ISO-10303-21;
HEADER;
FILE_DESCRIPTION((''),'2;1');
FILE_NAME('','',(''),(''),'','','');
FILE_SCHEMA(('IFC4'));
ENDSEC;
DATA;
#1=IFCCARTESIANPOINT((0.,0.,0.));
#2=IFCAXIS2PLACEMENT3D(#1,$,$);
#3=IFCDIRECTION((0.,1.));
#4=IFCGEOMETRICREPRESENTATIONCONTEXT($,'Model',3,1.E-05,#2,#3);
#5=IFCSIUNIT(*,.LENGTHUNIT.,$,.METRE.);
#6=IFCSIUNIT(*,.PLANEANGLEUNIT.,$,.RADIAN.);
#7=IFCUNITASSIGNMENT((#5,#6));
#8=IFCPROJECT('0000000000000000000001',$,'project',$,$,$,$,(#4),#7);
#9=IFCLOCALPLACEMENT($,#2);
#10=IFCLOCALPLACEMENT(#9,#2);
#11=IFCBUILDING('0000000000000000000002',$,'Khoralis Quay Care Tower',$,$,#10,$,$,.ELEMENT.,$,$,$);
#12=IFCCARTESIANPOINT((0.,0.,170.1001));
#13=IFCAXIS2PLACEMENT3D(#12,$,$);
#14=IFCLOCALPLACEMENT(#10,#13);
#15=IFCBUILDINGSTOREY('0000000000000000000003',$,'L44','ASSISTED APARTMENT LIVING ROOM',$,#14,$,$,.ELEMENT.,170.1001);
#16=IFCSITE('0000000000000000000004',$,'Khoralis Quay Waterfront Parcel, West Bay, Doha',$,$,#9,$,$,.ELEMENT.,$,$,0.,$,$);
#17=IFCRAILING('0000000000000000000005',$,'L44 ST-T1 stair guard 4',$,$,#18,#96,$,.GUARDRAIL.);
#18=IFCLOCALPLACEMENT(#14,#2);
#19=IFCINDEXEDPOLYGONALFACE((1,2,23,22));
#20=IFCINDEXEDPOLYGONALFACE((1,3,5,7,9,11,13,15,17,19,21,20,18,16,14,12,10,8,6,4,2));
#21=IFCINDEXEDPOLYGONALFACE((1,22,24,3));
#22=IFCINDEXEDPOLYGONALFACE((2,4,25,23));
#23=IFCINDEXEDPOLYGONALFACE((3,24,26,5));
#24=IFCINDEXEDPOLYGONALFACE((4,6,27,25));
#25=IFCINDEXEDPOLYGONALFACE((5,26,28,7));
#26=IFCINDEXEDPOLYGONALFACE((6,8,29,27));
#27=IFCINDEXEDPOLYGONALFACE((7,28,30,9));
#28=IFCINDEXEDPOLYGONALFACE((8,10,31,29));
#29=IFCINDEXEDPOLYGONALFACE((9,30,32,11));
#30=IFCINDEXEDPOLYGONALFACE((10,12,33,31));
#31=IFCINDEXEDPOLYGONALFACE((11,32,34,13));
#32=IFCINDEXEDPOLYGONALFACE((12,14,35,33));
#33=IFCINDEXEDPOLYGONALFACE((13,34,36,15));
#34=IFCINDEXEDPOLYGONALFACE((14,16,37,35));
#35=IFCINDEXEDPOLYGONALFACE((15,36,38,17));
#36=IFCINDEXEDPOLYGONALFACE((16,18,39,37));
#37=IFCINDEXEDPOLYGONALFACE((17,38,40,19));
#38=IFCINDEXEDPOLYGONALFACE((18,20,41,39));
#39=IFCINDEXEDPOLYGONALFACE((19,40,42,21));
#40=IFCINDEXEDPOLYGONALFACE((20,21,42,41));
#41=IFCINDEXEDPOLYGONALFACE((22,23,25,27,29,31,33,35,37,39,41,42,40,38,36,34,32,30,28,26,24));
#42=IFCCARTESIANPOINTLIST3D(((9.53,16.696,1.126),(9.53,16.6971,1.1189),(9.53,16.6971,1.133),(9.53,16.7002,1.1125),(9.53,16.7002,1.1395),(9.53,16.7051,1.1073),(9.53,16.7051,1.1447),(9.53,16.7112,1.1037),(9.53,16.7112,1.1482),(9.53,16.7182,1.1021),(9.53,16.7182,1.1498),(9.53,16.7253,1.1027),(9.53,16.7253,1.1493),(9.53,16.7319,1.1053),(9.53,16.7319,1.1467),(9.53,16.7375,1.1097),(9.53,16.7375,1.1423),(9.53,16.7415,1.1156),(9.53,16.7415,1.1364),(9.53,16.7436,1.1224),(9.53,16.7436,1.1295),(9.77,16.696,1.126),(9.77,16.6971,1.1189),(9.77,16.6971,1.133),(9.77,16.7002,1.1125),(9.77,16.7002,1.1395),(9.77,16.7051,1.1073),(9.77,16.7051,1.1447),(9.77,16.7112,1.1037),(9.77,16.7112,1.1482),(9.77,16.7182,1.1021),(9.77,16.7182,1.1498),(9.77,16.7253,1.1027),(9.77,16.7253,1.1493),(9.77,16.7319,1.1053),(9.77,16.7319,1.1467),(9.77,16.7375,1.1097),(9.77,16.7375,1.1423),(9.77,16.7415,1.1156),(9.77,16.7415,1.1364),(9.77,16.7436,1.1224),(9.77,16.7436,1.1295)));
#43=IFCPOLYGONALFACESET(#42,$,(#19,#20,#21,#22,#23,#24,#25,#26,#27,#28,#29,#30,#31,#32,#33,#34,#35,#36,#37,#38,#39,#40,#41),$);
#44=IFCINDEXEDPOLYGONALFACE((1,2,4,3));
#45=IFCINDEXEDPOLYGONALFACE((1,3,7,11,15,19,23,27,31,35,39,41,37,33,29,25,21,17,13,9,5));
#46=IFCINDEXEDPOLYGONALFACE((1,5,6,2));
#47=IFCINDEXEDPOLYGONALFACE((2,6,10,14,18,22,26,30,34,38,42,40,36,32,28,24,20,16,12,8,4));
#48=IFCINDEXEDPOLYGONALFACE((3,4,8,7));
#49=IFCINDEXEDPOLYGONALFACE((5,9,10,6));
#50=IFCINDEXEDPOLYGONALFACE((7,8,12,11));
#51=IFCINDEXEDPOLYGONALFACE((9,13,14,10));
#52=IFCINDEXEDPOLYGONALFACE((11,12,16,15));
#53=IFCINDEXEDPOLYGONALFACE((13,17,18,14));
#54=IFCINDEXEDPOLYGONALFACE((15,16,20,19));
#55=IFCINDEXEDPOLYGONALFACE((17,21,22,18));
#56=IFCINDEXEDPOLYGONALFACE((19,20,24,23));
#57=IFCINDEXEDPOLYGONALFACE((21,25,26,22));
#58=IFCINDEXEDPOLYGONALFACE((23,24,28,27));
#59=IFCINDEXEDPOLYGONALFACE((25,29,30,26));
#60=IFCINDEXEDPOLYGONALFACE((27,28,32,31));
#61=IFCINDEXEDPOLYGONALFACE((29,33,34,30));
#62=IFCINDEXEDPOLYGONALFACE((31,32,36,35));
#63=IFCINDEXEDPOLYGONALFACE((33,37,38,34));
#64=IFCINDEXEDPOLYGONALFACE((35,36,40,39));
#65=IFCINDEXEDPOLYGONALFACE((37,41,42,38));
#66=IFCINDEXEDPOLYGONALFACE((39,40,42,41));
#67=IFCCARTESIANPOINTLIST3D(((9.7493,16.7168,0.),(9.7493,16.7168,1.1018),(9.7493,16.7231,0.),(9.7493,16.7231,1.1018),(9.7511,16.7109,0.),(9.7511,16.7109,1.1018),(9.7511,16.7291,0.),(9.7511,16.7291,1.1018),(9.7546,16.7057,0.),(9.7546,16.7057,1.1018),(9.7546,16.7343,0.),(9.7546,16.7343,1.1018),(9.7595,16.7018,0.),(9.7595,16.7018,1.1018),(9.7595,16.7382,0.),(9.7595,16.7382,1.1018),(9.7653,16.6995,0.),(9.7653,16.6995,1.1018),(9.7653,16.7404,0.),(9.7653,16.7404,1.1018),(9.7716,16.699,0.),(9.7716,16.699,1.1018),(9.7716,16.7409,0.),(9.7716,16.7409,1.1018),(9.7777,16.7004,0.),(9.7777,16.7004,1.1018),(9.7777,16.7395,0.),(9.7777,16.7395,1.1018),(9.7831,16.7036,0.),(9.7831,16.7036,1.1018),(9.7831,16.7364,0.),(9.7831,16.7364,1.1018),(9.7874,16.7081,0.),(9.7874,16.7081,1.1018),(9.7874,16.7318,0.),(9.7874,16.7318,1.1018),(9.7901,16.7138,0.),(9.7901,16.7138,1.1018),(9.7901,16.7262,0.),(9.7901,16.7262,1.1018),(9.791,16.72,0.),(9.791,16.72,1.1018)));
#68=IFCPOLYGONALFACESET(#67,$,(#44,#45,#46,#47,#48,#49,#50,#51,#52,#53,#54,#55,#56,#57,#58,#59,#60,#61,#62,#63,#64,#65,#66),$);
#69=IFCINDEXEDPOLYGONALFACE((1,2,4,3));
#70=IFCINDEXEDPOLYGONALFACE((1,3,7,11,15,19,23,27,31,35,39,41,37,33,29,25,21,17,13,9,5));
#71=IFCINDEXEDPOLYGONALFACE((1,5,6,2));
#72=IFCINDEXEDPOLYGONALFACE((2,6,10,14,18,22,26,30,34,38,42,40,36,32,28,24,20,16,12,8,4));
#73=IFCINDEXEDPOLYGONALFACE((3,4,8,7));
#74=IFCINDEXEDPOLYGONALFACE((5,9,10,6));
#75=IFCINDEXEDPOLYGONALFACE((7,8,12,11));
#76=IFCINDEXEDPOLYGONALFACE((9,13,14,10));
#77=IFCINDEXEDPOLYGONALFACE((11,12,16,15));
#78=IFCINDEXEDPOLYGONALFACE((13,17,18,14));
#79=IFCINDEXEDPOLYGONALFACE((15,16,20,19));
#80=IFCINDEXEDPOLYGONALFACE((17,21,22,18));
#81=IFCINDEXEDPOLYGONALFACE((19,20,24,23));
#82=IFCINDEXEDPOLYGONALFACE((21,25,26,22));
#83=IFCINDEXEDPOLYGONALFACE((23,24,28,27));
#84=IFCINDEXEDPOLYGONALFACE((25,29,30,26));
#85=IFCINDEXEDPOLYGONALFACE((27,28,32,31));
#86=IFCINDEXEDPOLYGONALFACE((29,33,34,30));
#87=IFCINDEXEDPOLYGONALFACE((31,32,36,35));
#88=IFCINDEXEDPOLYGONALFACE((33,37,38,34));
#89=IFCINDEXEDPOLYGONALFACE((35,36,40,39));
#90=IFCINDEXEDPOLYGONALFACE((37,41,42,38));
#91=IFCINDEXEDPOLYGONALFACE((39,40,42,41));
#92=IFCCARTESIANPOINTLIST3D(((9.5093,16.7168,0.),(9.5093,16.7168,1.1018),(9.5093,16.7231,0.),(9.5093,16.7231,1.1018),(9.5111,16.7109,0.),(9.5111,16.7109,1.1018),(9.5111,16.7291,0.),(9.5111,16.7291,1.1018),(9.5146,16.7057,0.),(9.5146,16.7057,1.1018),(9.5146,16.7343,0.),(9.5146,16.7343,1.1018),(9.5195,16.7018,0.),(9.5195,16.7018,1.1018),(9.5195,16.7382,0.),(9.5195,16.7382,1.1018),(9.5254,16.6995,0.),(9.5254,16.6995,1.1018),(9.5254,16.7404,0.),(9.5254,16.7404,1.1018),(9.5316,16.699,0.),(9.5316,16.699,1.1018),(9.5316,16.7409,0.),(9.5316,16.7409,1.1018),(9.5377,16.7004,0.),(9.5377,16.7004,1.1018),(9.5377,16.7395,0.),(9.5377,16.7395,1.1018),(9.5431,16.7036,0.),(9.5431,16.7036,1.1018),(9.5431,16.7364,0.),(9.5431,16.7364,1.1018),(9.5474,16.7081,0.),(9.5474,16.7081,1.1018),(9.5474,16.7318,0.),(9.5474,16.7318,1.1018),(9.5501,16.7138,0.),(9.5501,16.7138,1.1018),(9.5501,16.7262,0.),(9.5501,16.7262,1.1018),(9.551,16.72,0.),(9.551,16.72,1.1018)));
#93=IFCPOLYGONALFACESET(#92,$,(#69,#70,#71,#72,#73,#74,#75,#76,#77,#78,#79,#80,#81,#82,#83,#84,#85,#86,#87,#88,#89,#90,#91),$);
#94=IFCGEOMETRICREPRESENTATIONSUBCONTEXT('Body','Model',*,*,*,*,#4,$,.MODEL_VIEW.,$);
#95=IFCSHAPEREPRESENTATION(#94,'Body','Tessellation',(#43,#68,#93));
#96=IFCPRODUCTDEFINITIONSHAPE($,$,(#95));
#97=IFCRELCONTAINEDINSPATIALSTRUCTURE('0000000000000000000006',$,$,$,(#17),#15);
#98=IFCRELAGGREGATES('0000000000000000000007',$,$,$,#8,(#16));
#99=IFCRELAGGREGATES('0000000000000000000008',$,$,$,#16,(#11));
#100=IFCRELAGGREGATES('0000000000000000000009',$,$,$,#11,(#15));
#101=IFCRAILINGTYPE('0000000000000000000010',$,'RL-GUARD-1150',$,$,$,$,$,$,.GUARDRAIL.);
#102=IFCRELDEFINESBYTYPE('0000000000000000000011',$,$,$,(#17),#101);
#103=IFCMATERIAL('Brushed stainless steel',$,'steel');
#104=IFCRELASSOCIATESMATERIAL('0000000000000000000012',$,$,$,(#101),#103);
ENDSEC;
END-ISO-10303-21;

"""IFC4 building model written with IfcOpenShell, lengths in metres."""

from ifc_helpers import new_model, si_unit, direction, frame, origin, origin_2d, place, context, subcontext, project, spatial, circle, extrude, material, type_object, element, save


model = new_model("IFC4")

# Units and contexts
model_context = context("Model", 3, precision=1e-05, world=origin(), true_north=direction((0.0, 1.0)))
body_context = subcontext(model_context, "Body", "Model", "MODEL_VIEW")
ifc_project = project(units=[si_unit("LENGTHUNIT", "METRE"), si_unit("PLANEANGLEUNIT", "RADIAN")], contexts=[model_context])

# Site, building, storey
site_placement = place(None, origin())
site = spatial("IfcSite", under=ifc_project, at=site_placement, Name="Khoralis Quay Waterfront Parcel, West Bay, Doha", CompositionType="ELEMENT", RefElevation=0.0)
building_placement = place(site_placement, origin())
building = spatial("IfcBuilding", under=site, at=building_placement, Name="Khoralis Quay Care Tower", CompositionType="ELEMENT")
storey_placement = place(building_placement, frame((0.0, 0.0, 170.1001)))
storey = spatial("IfcBuildingStorey", under=building, at=storey_placement, Name="L44", Description="ASSISTED APARTMENT LIVING ROOM", CompositionType="ELEMENT", Elevation=170.1001)

# Shared definitions
ifc_material_1 = material(Name="Brushed stainless steel", Category="steel")

# Railing
railing_type_1 = type_object("IfcRailingType", Name="RL-GUARD-1150", PredefinedType="GUARDRAIL", material=ifc_material_1)
railing_1_placement = place(storey_placement, frame((9.77, 16.72, 0.0)))
element("IfcRailing", 1, at=railing_1_placement, inside=storey, type_object=railing_type_1, Name="L44 ST-T1 stair guard 4", PredefinedType="GUARDRAIL", context=body_context, shape_type="SweptSolid", body=[
    extrude(circle(Radius=0.0239, at=origin_2d()), frame((0.0, 0.0, 1.126), z_axis=(-1.0, 0.0, 0.0), x_axis=(0.0, -1.0, 0.0)), (0.0, 0.0, 1.0), 0.24),
    extrude(circle(Radius=0.021, at=origin_2d()), origin(), (0.0, 0.0, 1.0), 1.1018),
    extrude(circle(Radius=0.021, at=origin_2d()), frame((-0.24, 0.0, 0.0)), (0.0, 0.0, 1.0), 1.1018),
])

save(model, "model.ifc")
